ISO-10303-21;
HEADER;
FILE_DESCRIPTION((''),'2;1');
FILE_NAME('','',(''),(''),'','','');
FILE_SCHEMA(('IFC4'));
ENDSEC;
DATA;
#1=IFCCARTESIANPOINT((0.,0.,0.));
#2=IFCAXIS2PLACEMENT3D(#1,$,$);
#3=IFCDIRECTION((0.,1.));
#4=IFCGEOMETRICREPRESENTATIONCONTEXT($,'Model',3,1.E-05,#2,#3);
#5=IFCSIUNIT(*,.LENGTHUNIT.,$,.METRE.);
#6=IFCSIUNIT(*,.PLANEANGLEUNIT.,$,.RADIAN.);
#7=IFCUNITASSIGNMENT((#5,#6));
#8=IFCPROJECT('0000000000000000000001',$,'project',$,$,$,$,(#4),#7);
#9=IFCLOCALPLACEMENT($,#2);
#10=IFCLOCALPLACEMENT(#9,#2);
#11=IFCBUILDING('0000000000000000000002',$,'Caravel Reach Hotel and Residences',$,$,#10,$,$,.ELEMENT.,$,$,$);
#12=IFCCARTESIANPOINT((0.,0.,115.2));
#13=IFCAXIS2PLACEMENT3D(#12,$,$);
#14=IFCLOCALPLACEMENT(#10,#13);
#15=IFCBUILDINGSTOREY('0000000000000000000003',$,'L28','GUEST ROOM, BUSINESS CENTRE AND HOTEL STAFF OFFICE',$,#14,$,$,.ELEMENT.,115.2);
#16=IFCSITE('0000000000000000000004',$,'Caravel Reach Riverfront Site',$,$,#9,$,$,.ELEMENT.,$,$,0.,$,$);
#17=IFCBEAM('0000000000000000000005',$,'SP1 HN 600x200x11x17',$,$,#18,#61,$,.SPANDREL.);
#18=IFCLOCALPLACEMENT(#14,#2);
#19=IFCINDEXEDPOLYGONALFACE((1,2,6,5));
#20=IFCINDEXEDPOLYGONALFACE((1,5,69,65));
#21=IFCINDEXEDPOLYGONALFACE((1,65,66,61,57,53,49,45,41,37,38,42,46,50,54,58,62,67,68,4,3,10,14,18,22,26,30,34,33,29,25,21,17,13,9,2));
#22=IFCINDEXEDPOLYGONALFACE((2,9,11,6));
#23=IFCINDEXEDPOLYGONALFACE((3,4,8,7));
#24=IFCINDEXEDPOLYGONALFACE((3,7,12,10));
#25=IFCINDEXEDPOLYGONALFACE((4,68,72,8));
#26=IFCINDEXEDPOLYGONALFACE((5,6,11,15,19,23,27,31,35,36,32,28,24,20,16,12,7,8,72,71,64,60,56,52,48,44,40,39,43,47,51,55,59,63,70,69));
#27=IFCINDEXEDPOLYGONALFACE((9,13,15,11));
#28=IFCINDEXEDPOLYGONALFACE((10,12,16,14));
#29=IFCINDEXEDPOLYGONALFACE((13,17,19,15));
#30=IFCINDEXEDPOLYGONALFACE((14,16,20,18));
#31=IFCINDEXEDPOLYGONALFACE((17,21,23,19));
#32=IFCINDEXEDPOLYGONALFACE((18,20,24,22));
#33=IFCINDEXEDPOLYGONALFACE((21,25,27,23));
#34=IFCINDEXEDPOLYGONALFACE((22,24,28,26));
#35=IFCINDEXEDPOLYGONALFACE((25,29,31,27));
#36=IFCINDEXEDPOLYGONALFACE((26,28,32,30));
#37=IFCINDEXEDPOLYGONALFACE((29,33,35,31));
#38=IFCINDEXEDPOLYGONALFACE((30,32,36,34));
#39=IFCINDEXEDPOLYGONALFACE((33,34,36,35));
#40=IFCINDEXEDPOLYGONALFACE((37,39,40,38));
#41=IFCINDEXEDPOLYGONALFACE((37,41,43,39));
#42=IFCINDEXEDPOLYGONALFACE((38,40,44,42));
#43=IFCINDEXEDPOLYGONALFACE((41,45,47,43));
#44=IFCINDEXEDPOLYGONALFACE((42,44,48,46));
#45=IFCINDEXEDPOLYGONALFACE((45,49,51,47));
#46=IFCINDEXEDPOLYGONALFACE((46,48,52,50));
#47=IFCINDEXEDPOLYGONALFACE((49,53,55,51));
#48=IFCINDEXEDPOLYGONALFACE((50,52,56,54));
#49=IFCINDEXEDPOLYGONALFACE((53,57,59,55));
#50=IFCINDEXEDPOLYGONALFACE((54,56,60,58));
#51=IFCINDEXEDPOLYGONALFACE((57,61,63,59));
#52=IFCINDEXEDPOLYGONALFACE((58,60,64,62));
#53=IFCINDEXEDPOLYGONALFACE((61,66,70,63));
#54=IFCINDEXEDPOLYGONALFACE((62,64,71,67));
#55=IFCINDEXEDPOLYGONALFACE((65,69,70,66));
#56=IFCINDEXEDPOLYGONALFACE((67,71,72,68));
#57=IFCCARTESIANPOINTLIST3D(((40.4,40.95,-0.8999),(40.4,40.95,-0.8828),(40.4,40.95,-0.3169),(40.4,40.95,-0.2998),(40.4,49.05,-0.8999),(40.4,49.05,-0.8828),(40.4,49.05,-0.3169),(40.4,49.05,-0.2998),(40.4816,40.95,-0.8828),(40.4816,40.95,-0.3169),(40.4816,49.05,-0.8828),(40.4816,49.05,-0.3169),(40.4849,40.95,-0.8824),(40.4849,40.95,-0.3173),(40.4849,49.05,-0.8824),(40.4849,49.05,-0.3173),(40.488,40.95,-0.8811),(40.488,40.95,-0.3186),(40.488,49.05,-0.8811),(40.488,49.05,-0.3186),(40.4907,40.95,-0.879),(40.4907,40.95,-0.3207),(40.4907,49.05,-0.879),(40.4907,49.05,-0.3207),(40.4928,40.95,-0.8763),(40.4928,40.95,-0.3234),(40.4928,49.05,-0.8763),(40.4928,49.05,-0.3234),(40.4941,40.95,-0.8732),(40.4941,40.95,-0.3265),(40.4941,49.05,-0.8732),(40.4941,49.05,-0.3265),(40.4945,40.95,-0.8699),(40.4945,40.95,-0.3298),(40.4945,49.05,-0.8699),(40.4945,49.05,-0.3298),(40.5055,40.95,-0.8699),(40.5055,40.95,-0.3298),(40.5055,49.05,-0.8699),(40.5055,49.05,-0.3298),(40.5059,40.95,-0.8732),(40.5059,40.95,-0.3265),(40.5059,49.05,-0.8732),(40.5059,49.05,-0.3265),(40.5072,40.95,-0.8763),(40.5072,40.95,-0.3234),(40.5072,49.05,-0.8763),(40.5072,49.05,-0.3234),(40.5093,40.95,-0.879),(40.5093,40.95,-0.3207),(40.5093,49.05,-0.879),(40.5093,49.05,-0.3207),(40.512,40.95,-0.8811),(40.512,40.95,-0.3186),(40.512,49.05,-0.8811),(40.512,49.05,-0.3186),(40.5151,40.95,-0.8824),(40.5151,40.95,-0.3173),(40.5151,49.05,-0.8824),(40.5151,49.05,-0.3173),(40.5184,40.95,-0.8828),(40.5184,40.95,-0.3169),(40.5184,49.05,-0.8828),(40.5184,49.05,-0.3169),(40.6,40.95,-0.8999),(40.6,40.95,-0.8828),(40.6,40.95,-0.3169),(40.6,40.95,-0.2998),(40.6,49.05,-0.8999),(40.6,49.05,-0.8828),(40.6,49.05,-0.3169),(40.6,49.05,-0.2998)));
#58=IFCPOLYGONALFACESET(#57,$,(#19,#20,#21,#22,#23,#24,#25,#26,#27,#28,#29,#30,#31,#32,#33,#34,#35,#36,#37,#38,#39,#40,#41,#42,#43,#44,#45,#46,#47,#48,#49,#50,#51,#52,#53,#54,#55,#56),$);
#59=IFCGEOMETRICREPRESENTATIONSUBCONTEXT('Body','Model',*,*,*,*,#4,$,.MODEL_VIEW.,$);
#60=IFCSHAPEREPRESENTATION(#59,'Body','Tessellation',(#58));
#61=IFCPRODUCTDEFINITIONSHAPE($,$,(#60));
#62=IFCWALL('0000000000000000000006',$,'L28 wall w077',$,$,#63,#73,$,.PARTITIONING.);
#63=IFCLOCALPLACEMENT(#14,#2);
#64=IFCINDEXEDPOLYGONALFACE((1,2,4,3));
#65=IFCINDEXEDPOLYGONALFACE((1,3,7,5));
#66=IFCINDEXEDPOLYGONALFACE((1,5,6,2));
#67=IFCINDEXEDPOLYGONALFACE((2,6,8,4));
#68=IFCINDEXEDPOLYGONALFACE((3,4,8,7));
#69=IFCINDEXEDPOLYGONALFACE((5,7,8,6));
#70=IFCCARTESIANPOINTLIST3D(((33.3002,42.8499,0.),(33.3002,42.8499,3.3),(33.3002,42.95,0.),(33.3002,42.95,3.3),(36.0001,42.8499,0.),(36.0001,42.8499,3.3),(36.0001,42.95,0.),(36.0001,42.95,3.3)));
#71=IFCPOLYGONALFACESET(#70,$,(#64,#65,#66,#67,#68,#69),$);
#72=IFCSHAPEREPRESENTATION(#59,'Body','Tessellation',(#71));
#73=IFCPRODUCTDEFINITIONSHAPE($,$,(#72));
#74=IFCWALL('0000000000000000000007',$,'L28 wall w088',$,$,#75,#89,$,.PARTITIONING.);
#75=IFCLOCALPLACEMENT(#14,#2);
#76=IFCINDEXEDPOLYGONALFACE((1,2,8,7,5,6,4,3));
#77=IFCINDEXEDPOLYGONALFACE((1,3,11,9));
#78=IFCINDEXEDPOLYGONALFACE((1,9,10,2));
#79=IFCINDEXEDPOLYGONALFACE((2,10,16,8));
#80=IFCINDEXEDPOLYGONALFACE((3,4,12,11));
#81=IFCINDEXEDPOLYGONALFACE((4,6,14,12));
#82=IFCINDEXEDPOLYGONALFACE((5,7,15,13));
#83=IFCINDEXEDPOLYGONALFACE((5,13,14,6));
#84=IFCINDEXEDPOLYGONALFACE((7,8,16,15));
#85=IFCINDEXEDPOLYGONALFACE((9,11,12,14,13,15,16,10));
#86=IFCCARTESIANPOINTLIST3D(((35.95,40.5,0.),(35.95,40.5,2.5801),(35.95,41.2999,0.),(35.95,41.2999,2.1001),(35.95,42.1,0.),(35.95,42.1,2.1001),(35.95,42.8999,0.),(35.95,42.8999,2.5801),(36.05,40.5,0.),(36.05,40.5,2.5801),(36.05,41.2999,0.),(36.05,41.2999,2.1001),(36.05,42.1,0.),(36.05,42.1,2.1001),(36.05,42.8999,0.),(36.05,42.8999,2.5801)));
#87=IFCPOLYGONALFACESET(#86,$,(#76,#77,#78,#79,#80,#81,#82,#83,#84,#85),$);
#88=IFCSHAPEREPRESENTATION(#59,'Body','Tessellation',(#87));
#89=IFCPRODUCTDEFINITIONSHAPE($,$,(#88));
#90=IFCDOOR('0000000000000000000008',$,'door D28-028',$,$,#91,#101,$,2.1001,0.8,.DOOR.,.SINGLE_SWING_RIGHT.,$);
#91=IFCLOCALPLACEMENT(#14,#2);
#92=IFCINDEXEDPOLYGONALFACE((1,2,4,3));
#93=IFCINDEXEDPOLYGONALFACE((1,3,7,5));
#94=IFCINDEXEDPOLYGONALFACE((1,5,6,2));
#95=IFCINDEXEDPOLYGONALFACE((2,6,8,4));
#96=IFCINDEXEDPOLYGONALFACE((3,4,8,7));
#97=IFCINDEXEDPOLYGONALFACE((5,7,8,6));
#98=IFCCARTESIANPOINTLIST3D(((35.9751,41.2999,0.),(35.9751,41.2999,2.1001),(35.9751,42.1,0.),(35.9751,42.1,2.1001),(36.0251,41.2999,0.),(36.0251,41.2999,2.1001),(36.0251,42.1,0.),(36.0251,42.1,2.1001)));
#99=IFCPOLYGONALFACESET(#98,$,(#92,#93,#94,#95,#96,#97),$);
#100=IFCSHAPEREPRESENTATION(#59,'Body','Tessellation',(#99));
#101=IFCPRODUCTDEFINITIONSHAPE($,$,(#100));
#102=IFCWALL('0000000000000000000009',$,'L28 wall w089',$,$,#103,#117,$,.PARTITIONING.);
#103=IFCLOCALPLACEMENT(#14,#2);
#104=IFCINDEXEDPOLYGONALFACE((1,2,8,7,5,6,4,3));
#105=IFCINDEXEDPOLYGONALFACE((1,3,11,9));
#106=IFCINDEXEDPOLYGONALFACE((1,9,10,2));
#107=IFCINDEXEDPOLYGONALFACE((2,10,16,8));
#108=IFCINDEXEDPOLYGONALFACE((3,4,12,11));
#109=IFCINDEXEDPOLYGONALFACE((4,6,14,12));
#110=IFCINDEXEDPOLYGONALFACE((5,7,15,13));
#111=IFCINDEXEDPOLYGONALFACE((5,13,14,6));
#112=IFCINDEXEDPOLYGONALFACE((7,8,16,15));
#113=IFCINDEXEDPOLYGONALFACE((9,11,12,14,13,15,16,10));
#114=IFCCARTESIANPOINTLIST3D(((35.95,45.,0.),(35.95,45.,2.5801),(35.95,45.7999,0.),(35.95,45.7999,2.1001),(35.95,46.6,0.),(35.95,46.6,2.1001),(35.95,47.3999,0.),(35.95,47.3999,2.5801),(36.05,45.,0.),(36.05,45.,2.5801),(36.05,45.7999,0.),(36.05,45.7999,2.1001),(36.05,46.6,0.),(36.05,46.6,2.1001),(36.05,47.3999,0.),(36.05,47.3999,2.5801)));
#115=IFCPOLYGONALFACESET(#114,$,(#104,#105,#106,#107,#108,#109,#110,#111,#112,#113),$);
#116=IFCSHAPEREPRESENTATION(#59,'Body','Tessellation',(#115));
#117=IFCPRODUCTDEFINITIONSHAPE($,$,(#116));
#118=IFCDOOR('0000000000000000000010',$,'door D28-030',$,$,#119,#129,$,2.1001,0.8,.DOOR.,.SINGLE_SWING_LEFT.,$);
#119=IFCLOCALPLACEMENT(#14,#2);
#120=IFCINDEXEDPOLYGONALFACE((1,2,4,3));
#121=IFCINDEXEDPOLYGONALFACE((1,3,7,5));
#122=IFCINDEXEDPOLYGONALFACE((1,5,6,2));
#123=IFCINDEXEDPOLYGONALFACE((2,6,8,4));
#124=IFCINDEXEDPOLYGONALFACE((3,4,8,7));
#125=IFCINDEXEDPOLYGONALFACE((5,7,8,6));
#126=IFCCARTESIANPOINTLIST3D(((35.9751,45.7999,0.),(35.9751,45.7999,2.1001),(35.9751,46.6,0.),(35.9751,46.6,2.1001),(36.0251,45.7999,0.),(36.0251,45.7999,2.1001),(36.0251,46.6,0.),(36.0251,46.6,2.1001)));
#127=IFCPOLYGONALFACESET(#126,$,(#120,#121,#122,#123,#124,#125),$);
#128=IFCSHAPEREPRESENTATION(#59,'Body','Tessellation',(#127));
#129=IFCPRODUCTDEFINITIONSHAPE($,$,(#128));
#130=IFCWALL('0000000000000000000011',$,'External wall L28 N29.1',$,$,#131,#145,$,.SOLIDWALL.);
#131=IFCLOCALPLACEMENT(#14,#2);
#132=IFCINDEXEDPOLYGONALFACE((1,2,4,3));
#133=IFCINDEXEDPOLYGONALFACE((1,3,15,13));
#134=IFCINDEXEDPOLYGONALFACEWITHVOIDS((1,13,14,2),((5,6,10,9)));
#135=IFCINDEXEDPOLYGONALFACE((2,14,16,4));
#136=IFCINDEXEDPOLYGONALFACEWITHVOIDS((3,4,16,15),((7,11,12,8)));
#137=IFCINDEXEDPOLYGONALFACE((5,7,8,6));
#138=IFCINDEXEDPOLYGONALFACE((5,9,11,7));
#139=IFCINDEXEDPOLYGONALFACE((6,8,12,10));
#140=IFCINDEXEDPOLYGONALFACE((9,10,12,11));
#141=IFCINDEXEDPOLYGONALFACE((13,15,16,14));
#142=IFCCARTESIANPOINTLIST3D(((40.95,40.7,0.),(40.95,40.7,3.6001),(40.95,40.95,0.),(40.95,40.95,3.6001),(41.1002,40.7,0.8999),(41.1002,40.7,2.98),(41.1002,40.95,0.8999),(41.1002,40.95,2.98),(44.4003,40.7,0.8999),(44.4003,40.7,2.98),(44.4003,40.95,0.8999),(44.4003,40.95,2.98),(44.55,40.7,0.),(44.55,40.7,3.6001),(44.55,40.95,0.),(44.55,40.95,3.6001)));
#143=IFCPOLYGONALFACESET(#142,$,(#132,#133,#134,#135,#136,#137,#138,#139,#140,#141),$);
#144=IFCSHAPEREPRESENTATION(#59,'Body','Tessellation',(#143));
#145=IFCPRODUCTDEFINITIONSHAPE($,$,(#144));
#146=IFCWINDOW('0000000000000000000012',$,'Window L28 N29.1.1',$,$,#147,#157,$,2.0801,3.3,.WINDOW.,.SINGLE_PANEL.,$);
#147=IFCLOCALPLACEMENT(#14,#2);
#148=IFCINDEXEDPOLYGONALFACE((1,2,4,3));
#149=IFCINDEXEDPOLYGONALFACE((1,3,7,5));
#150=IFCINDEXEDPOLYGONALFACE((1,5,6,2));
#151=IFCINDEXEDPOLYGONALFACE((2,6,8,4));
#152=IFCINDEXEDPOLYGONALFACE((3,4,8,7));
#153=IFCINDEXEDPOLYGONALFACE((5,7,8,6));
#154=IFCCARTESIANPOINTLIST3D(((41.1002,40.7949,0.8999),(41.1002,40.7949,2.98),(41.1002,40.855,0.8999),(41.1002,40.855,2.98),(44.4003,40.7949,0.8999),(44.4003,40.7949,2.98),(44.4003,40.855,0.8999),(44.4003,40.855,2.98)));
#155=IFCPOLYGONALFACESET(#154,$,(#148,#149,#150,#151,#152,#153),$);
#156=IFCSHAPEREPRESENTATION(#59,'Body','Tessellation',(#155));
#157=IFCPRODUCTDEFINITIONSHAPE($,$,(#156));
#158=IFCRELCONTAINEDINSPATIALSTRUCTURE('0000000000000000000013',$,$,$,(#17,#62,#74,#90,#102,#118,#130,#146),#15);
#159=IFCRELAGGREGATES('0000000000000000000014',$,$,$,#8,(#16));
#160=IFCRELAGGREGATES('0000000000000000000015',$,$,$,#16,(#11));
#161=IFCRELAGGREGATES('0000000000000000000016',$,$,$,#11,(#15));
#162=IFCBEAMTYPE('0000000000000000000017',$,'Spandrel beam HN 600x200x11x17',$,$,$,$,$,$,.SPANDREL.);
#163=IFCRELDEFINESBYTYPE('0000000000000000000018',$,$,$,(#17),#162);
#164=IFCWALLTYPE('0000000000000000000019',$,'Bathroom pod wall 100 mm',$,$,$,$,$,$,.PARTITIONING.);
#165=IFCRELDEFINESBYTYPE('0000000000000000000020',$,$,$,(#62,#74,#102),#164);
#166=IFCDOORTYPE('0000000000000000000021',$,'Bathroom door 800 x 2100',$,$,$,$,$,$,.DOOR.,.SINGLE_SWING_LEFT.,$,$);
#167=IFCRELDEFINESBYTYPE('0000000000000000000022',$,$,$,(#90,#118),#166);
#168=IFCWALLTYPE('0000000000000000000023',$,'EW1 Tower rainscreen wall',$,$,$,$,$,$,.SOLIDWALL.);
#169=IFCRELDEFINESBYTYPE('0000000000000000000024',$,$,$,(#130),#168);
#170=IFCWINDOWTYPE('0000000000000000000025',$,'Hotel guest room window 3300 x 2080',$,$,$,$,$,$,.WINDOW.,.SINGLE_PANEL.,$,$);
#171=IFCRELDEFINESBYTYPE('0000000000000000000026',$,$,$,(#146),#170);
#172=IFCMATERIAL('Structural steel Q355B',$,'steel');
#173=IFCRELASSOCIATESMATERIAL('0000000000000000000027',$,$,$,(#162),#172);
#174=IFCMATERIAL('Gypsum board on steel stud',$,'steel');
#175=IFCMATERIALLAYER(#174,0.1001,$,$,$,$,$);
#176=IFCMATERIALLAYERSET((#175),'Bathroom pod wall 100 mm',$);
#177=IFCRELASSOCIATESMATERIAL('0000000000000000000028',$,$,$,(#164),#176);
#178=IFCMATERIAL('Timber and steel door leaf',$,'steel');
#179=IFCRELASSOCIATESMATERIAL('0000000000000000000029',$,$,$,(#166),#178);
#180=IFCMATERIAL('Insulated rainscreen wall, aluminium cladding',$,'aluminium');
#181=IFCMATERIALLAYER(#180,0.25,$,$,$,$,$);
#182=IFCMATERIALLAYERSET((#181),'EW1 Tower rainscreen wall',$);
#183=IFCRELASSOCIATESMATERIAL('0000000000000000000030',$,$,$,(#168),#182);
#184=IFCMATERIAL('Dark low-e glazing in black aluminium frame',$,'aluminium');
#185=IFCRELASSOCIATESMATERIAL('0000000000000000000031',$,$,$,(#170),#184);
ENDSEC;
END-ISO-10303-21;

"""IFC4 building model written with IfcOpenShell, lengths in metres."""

from ifc_helpers import new_model, si_unit, direction, frame, frame_2d, origin, origin_2d, place, context, subcontext, project, spatial, rectangle, i_section, extrude, material, layer, layer_set, material_profile, profile_set, type_object, element, fill, save


model = new_model("IFC4")

# Units and contexts
model_context = context("Model", 3, precision=1e-05, world=origin(), true_north=direction((0.0, 1.0)))
body_context = subcontext(model_context, "Body", "Model", "MODEL_VIEW")
ifc_project = project(units=[si_unit("LENGTHUNIT", "METRE"), si_unit("PLANEANGLEUNIT", "RADIAN")], contexts=[model_context])

# Site, building, storey
site_placement = place(None, origin())
site = spatial("IfcSite", under=ifc_project, at=site_placement, Name="Caravel Reach Riverfront Site", CompositionType="ELEMENT", RefElevation=0.0)
building_placement = place(site_placement, origin())
building = spatial("IfcBuilding", under=site, at=building_placement, Name="Caravel Reach Hotel and Residences", CompositionType="ELEMENT")
storey_placement = place(building_placement, frame((0.0, 0.0, 115.2)))
storey = spatial("IfcBuildingStorey", under=building, at=storey_placement, Name="L28", Description="GUEST ROOM, BUSINESS CENTRE AND HOTEL STAFF OFFICE", CompositionType="ELEMENT", Elevation=115.2)

# Beam
ifc_material_1 = material(Name="Structural steel Q355B", Category="steel")
ifc_material_profile_1 = material_profile(ifc_material_1, i_section(OverallWidth=0.2, OverallDepth=0.6001, WebThickness=0.011, FlangeThickness=0.0171, FilletRadius=0.0129, at=origin_2d()), Name="HN 600x200x11x17")
ifc_profile_set_1 = profile_set([ifc_material_profile_1], Name="Structural steel Q355B")
beam_type_1 = type_object("IfcBeamType", Name="Spandrel beam HN 600x200x11x17", PredefinedType="SPANDREL", material=ifc_profile_set_1)
beam_1_placement = place(storey_placement, frame((40.5, 40.95, -0.5999), z_axis=(0.0, 1.0, 0.0), x_axis=(-1.0, 0.0, 0.0)))
element("IfcBeam", 1, at=beam_1_placement, inside=storey, type_object=beam_type_1, Name="SP1 HN 600x200x11x17", PredefinedType="SPANDREL", context=body_context, shape_type="SweptSolid", body=[
    extrude(i_section(OverallWidth=0.2, OverallDepth=0.6001, WebThickness=0.011, FlangeThickness=0.0171, FilletRadius=0.0129, at=origin_2d()), origin(), (0.0, 0.0, 1.0), 8.1001),
])

# Wall
ifc_material_2 = material(Name="Gypsum board on steel stud", Category="steel")
ifc_layer_1 = layer(ifc_material_2, 0.1001)
ifc_layer_set_1 = layer_set([ifc_layer_1], Name="Bathroom pod wall 100 mm")
wall_type_1 = type_object("IfcWallType", Name="Bathroom pod wall 100 mm", PredefinedType="PARTITIONING", material=ifc_layer_set_1)
wall_1_placement = place(storey_placement, frame((33.3, 42.8999, 0.0), z_axis=(0.0, 0.0, 1.0), x_axis=(1.0, 0.0, 0.0)))
element("IfcWall", 2, at=wall_1_placement, inside=storey, type_object=wall_type_1, Name="L28 wall w077", PredefinedType="PARTITIONING", context=body_context, shape_type="SweptSolid", body=[
    extrude(rectangle(XDim=2.7, YDim=0.1001, at=frame_2d((1.3501, 0.0))), origin(), (0.0, 0.0, 1.0), 3.3),
])

# Walls, openings, doors
wall_2_placement = place(storey_placement, frame((36.0, 40.5, 0.0), z_axis=(0.0, 0.0, 1.0), x_axis=(0.0, 1.0, 0.0)))
wall_2 = element("IfcWall", 3, at=wall_2_placement, inside=storey, type_object=wall_type_1, Name="L28 wall w088", PredefinedType="PARTITIONING", context=body_context, shape_type="SweptSolid", body=[
    extrude(rectangle(XDim=2.3999, YDim=0.1001, at=frame_2d((1.2, 0.0))), origin(), (0.0, 0.0, 1.0), 2.5801),
])
opening_1_placement = place(wall_2_placement, frame((0.8, 0.0, 0.0)))
opening_1 = element("IfcOpeningElement", 4, at=opening_1_placement, cuts=wall_2, PredefinedType="OPENING", context=body_context, shape_type="SweptSolid", body=[
    extrude(rectangle(XDim=0.8, YDim=2.1001, at=frame_2d((0.3999, 1.05))), frame((0.0, 0.0601, 0.0), z_axis=(0.0, -1.0, 0.0), x_axis=(1.0, 0.0, 0.0)), (0.0, 0.0, 1.0), 0.1201),
])
ifc_material_3 = material(Name="Timber and steel door leaf", Category="steel")
door_type = type_object("IfcDoorType", Name="Bathroom door 800 x 2100", OperationType="SINGLE_SWING_LEFT", PredefinedType="DOOR", material=ifc_material_3)
door_1_placement = place(opening_1_placement, origin())
door_1 = element("IfcDoor", 5, at=door_1_placement, inside=storey, type_object=door_type, Name="door D28-028", OperationType="SINGLE_SWING_RIGHT", OverallHeight=2.1001, OverallWidth=0.8, PredefinedType="DOOR", context=body_context, shape_type="SweptSolid", body=[
    extrude(rectangle(XDim=0.8, YDim=2.1001, at=frame_2d((0.3999, 1.05))), frame((0.0, 0.0249, 0.0), z_axis=(0.0, -1.0, 0.0), x_axis=(1.0, 0.0, 0.0)), (0.0, 0.0, 1.0), 0.05),
])
fill(opening_1, door_1)
wall_3_placement = place(storey_placement, frame((36.0, 45.0, 0.0), z_axis=(0.0, 0.0, 1.0), x_axis=(0.0, 1.0, 0.0)))
wall_3 = element("IfcWall", 6, at=wall_3_placement, inside=storey, type_object=wall_type_1, Name="L28 wall w089", PredefinedType="PARTITIONING", context=body_context, shape_type="SweptSolid", body=[
    extrude(rectangle(XDim=2.3999, YDim=0.1001, at=frame_2d((1.2, 0.0))), origin(), (0.0, 0.0, 1.0), 2.5801),
])
opening_2_placement = place(wall_3_placement, frame((0.8, 0.0, 0.0)))
opening_2 = element("IfcOpeningElement", 7, at=opening_2_placement, cuts=wall_3, PredefinedType="OPENING", context=body_context, shape_type="SweptSolid", body=[
    extrude(rectangle(XDim=0.8, YDim=2.1001, at=frame_2d((0.3999, 1.05))), frame((0.0, 0.0601, 0.0), z_axis=(0.0, -1.0, 0.0), x_axis=(1.0, 0.0, 0.0)), (0.0, 0.0, 1.0), 0.1201),
])
door_2_placement = place(opening_2_placement, origin())
door_2 = element("IfcDoor", 8, at=door_2_placement, inside=storey, type_object=door_type, Name="door D28-030", OperationType="SINGLE_SWING_LEFT", OverallHeight=2.1001, OverallWidth=0.8, PredefinedType="DOOR", context=body_context, shape_type="SweptSolid", body=[
    extrude(rectangle(XDim=0.8, YDim=2.1001, at=frame_2d((0.3999, 1.05))), frame((0.0, 0.0249, 0.0), z_axis=(0.0, -1.0, 0.0), x_axis=(1.0, 0.0, 0.0)), (0.0, 0.0, 1.0), 0.05),
])
fill(opening_2, door_2)

# Wall, opening, window
ifc_material_4 = material(Name="Insulated rainscreen wall, aluminium cladding", Category="aluminium")
ifc_layer_2 = layer(ifc_material_4, 0.25)
ifc_layer_set_2 = layer_set([ifc_layer_2], Name="EW1 Tower rainscreen wall")
wall_type_2 = type_object("IfcWallType", Name="EW1 Tower rainscreen wall", PredefinedType="SOLIDWALL", material=ifc_layer_set_2)
wall_4_placement = place(storey_placement, frame((44.55, 40.825, 0.0), z_axis=(0.0, 0.0, 1.0), x_axis=(-1.0, 0.0, 0.0)))
wall_4 = element("IfcWall", 9, at=wall_4_placement, inside=storey, type_object=wall_type_2, Name="External wall L28 N29.1", PredefinedType="SOLIDWALL", context=body_context, shape_type="SweptSolid", body=[
    extrude(rectangle(XDim=3.6001, YDim=0.25, at=frame_2d((1.8, 0.0))), origin(), (0.0, 0.0, 1.0), 3.6001),
])
opening_3_placement = place(wall_4_placement, frame((0.1499, 0.0, 0.8999)))
opening_3 = element("IfcOpeningElement", 10, at=opening_3_placement, cuts=wall_4, PredefinedType="OPENING", context=body_context, shape_type="SweptSolid", body=[
    extrude(rectangle(XDim=3.3, YDim=2.0801, at=frame_2d((1.6499, 1.04))), frame((0.0, 0.135, 0.0), z_axis=(0.0, -1.0, 0.0), x_axis=(1.0, 0.0, 0.0)), (0.0, 0.0, 1.0), 0.27),
])
ifc_material_5 = material(Name="Dark low-e glazing in black aluminium frame", Category="aluminium")
window_type = type_object("IfcWindowType", Name="Hotel guest room window 3300 x 2080", PartitioningType="SINGLE_PANEL", PredefinedType="WINDOW", material=ifc_material_5)
window_1_placement = place(opening_3_placement, origin())
window_1 = element("IfcWindow", 11, at=window_1_placement, inside=storey, type_object=window_type, Name="Window L28 N29.1.1", OverallHeight=2.0801, OverallWidth=3.3, PartitioningType="SINGLE_PANEL", PredefinedType="WINDOW", context=body_context, shape_type="SweptSolid", body=[
    extrude(rectangle(XDim=3.3, YDim=2.0801, at=frame_2d((1.6499, 1.04))), frame((0.0, 0.03, 0.0), z_axis=(0.0, -1.0, 0.0), x_axis=(1.0, 0.0, 0.0)), (0.0, 0.0, 1.0), 0.0601),
])
fill(opening_3, window_1)

save(model, "model.ifc")
